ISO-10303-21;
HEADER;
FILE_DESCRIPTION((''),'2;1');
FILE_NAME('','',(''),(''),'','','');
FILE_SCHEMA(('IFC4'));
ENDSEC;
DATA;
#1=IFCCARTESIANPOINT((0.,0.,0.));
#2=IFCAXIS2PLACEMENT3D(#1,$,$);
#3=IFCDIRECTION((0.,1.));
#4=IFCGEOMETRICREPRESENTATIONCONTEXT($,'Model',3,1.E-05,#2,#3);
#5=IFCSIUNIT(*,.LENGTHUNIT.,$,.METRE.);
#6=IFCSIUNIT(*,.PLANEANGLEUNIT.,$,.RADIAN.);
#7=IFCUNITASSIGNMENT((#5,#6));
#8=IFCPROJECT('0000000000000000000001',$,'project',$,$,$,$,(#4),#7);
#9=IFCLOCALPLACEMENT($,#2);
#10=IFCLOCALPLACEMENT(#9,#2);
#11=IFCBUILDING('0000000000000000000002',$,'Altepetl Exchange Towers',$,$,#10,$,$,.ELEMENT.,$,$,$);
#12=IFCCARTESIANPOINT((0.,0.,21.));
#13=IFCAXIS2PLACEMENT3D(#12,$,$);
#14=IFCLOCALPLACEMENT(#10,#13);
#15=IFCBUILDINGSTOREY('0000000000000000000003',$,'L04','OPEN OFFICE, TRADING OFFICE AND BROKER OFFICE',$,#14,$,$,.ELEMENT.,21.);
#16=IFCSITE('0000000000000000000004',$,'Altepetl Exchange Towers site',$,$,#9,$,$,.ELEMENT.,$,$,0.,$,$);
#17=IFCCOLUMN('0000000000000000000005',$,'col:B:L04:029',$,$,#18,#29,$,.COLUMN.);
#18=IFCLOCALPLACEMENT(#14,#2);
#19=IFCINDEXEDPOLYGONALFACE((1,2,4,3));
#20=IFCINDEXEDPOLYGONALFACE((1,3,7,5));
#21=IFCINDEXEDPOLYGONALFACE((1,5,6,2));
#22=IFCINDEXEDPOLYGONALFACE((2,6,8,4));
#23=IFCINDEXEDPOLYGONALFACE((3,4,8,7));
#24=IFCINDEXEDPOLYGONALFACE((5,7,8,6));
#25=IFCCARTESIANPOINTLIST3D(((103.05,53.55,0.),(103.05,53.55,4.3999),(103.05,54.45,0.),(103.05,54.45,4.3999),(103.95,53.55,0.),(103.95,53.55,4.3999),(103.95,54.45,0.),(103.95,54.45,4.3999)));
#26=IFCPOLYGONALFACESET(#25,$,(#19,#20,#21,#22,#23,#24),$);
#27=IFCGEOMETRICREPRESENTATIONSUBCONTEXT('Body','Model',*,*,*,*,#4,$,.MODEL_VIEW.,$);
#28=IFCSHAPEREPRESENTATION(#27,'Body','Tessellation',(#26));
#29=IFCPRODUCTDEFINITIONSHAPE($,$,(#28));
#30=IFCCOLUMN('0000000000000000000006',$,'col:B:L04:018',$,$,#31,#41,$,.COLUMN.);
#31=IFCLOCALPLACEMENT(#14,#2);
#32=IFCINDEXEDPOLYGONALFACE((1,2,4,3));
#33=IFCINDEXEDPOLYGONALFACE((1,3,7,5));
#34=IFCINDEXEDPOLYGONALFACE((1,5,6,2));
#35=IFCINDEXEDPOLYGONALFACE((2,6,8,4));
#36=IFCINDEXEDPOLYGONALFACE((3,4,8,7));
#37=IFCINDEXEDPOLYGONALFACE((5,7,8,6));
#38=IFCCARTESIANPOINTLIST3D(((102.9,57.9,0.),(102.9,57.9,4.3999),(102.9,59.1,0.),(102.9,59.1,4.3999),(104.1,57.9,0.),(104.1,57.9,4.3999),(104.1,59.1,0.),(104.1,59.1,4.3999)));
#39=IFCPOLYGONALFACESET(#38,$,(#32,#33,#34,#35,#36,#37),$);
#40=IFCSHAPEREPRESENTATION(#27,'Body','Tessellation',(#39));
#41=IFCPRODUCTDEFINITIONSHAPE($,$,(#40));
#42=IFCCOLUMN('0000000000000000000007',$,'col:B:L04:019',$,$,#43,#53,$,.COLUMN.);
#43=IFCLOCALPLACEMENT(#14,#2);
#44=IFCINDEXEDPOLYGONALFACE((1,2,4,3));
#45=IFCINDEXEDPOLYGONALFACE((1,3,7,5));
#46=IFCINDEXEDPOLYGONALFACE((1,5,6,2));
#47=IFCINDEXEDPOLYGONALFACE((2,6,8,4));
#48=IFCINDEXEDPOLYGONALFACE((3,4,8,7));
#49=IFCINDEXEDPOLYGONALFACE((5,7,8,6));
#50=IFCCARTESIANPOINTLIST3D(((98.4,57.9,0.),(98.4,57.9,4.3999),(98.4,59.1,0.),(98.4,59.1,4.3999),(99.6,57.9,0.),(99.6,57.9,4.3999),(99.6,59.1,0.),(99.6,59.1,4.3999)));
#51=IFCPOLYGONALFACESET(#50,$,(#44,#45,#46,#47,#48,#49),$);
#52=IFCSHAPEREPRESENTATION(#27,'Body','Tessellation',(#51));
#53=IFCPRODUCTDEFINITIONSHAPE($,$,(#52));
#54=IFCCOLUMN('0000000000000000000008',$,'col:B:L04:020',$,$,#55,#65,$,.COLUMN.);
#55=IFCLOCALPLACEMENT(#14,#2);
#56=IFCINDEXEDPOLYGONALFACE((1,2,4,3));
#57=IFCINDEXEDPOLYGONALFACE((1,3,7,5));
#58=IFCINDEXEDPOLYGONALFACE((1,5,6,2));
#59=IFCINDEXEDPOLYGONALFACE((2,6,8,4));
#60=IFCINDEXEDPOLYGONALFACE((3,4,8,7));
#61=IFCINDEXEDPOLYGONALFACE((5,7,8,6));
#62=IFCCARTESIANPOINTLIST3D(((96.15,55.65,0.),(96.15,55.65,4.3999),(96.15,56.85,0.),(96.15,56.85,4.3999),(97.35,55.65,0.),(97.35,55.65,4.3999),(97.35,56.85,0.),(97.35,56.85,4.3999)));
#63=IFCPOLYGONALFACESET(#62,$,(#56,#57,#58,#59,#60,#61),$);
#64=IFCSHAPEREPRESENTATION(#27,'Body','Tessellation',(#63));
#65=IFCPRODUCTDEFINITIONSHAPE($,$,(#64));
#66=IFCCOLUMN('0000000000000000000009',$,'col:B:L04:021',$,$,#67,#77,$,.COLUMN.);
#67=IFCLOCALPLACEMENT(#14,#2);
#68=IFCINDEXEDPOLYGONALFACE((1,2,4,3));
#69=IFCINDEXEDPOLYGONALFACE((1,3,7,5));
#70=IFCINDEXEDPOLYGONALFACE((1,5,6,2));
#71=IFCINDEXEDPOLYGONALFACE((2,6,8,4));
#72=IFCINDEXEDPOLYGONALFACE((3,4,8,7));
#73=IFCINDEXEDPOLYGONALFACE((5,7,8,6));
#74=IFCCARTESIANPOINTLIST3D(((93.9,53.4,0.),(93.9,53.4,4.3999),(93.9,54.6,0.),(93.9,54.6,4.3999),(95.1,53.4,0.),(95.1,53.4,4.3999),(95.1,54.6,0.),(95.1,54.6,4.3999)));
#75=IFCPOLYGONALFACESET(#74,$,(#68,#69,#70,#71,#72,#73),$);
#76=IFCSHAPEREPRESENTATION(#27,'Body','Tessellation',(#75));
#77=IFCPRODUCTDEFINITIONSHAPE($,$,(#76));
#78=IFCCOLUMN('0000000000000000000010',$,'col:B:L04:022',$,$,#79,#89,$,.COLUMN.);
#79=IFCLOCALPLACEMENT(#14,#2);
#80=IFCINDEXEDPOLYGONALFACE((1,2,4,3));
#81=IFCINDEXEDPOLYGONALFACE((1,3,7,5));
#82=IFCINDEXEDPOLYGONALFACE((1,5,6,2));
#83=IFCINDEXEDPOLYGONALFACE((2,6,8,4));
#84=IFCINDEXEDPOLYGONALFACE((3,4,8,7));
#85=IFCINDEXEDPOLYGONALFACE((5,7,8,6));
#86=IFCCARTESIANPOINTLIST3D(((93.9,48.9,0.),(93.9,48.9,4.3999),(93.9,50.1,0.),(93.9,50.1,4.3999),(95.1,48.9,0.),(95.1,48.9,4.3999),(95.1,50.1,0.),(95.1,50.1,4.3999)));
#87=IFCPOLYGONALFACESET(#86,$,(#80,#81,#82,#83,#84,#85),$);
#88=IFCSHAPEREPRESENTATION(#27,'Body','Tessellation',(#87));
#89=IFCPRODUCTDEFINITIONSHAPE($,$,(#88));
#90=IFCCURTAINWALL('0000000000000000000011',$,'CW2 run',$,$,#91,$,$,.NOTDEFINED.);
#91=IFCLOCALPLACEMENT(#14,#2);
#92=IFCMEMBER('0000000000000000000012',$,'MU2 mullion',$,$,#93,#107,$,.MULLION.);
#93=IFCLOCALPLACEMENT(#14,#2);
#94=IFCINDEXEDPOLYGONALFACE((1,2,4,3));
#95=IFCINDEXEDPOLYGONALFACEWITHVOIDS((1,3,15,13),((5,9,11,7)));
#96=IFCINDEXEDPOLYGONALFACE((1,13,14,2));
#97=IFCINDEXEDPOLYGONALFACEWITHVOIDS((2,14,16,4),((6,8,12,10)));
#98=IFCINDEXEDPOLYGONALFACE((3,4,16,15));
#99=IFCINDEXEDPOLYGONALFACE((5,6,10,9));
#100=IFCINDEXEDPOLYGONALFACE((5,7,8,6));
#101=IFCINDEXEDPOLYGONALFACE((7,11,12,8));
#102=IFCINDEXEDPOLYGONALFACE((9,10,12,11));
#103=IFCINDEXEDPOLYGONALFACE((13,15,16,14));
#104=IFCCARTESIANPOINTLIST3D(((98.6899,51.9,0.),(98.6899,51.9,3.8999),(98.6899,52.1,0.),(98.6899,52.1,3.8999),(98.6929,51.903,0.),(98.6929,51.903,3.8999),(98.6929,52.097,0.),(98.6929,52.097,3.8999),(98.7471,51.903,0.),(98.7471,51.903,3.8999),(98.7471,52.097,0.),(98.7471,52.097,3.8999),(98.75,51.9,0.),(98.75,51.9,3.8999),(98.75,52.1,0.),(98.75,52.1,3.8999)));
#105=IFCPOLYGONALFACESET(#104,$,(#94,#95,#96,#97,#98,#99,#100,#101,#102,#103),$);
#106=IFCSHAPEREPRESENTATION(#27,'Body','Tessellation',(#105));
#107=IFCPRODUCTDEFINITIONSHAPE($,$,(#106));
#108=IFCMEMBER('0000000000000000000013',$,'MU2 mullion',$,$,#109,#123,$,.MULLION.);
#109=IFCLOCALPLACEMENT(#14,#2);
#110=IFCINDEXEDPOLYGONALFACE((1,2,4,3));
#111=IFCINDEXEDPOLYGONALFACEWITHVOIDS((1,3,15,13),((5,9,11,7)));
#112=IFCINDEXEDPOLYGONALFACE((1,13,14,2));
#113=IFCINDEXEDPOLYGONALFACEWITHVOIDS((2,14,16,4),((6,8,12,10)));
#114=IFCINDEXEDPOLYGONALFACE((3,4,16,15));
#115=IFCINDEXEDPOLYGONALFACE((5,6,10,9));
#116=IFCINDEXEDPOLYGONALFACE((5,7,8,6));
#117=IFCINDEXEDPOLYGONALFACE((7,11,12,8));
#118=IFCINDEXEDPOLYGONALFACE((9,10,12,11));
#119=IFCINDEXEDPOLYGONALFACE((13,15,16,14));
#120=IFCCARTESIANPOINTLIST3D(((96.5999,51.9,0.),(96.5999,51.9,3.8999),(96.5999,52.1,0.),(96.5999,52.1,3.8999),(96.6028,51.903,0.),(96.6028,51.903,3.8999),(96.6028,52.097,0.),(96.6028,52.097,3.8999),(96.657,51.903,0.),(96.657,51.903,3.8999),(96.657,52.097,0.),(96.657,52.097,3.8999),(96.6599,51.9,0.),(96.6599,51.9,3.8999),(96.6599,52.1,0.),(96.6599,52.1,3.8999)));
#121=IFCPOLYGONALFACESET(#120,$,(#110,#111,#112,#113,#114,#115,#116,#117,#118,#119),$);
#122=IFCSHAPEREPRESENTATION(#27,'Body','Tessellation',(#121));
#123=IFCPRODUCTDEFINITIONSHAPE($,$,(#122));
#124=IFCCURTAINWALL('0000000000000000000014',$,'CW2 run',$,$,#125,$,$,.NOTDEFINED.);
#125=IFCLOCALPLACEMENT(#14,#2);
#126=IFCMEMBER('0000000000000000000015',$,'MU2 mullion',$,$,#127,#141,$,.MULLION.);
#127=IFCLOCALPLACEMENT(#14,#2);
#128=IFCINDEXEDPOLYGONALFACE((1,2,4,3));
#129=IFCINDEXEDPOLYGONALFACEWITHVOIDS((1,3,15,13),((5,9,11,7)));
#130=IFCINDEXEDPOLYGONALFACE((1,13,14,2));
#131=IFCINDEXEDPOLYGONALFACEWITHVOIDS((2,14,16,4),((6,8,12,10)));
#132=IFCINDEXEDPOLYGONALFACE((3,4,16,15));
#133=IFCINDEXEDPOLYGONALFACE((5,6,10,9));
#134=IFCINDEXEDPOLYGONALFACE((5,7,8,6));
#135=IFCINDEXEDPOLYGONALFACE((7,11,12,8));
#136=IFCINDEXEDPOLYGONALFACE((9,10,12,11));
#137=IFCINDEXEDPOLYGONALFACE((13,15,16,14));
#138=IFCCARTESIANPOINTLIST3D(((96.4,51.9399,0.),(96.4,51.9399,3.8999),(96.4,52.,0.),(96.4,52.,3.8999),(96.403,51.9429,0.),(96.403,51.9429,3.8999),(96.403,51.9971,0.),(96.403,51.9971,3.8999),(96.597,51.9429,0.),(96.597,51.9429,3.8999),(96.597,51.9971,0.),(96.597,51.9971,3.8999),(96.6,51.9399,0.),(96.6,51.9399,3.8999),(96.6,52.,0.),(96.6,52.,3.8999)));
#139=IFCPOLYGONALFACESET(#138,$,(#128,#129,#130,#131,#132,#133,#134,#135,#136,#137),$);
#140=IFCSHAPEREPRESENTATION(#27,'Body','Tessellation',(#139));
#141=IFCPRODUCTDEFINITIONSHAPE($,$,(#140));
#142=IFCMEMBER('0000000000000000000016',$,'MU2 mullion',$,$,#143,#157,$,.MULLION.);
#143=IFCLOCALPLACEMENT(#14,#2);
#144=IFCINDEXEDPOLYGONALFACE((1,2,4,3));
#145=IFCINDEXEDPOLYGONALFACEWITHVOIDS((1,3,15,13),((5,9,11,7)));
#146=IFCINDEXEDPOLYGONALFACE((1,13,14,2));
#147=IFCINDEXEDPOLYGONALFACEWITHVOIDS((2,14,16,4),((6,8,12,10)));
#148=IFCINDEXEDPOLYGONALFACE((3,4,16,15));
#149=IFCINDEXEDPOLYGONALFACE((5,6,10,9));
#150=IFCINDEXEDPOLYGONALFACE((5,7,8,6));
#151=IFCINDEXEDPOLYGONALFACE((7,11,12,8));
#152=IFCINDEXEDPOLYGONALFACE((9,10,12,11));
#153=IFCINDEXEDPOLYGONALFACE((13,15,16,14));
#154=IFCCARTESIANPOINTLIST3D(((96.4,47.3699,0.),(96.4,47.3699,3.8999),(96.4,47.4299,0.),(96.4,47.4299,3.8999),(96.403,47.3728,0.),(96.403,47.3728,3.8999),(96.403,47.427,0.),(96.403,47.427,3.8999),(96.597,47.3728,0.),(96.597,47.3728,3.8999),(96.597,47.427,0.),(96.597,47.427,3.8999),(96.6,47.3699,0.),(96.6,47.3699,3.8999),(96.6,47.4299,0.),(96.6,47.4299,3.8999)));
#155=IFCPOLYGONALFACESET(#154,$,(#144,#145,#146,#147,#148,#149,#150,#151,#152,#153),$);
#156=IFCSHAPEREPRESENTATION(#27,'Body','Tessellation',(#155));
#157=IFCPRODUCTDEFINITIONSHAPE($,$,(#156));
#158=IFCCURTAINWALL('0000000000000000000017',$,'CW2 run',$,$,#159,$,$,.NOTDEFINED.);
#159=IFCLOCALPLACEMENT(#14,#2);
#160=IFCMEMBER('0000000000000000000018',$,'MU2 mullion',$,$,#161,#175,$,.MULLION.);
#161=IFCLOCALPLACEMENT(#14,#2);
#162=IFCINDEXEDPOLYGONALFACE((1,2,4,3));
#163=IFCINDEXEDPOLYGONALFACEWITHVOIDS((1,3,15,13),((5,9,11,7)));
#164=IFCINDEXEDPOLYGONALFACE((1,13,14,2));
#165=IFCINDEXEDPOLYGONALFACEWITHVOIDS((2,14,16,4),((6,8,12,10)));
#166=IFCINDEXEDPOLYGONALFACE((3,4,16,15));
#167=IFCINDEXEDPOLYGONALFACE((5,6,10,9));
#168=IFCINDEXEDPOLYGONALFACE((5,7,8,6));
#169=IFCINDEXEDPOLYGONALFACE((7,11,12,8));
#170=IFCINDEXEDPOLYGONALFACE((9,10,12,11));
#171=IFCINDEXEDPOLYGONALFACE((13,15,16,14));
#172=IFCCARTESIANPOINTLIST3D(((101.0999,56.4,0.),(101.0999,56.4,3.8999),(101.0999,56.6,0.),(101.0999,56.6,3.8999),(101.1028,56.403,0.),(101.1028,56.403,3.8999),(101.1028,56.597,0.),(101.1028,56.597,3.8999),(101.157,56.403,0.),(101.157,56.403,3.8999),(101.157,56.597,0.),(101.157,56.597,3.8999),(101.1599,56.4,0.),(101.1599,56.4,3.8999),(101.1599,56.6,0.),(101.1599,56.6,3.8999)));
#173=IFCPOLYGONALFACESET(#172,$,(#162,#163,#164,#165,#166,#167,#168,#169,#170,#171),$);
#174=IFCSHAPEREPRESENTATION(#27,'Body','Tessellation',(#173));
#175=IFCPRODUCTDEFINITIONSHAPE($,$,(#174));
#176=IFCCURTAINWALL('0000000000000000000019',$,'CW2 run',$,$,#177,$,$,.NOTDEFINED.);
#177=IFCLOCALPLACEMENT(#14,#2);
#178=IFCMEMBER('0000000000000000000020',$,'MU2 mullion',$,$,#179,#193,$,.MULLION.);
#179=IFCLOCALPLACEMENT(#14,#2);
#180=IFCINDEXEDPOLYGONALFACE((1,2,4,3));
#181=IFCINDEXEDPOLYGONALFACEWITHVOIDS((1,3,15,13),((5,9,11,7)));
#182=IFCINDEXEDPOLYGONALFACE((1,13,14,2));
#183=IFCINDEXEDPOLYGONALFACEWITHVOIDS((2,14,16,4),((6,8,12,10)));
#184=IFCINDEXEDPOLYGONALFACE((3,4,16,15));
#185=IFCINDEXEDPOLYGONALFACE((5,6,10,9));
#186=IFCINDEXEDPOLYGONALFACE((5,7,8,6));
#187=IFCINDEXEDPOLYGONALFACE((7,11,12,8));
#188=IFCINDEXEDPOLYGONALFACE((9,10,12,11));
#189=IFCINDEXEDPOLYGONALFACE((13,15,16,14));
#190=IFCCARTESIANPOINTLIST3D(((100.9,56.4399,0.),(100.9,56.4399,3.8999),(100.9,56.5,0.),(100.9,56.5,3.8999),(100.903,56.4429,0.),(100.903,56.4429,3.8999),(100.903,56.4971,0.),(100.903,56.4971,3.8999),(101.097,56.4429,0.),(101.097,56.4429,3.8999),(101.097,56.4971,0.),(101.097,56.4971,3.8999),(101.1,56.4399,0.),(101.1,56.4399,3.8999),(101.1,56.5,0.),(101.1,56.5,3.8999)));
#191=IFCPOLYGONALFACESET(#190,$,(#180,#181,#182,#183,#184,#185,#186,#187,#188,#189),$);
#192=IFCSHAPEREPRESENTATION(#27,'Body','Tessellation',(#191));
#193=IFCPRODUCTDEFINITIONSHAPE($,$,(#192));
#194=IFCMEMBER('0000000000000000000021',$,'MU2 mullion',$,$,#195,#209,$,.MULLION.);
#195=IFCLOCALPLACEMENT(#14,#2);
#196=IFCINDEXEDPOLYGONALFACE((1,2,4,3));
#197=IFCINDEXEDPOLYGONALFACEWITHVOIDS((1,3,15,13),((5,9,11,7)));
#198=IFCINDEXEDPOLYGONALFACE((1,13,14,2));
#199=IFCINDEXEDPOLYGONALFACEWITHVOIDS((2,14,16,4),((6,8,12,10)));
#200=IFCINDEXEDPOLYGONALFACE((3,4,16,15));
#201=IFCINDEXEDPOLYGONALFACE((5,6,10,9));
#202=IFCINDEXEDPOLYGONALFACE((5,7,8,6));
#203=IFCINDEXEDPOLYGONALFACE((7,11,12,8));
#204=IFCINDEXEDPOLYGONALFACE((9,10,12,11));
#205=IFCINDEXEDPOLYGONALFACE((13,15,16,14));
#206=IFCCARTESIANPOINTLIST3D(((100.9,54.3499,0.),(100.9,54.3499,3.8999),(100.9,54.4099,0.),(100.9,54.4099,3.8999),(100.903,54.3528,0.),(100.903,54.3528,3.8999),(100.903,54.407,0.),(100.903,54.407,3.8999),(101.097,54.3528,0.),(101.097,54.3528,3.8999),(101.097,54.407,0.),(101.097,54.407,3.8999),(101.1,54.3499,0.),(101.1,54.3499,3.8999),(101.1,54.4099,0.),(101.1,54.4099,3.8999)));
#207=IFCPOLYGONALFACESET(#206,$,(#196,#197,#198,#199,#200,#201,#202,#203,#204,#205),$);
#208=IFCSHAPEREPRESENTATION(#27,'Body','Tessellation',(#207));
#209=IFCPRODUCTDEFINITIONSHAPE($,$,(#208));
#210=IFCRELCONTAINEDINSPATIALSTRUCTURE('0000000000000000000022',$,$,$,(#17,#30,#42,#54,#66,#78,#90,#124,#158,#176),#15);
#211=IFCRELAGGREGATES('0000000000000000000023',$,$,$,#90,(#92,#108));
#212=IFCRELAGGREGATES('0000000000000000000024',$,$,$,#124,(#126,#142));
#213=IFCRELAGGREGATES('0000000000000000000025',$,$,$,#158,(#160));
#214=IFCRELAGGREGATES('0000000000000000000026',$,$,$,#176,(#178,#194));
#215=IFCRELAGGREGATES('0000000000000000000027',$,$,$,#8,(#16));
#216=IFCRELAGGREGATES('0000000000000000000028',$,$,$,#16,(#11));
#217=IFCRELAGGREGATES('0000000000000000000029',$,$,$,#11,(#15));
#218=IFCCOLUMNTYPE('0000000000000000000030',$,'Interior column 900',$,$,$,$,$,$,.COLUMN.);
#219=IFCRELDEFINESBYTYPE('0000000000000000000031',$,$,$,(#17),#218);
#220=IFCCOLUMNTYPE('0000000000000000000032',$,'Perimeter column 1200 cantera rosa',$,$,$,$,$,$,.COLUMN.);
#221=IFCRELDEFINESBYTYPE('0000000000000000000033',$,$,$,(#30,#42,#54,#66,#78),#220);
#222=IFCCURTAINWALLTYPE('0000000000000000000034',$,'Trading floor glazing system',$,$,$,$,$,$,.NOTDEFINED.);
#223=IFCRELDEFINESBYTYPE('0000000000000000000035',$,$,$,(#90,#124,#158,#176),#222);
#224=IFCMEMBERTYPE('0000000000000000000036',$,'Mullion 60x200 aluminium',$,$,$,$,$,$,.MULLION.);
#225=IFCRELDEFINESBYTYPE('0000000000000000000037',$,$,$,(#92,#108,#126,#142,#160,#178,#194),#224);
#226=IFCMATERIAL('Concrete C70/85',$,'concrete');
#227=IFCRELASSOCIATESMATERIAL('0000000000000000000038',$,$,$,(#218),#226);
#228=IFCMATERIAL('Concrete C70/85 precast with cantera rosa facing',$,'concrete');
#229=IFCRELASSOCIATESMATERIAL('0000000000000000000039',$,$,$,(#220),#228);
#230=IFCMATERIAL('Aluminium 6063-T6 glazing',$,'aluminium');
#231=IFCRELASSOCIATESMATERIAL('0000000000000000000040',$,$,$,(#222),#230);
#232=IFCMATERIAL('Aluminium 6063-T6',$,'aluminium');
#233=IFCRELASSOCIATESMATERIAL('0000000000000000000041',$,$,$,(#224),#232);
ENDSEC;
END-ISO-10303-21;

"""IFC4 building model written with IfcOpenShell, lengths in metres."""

from ifc_helpers import new_model, si_unit, direction, frame, origin, origin_2d, place, context, subcontext, project, spatial, rectangle, hollow_rectangle, extrude, material, material_profile, profile_set, type_object, element, aggregate, save


model = new_model("IFC4")

# Units and contexts
model_context = context("Model", 3, precision=1e-05, world=origin(), true_north=direction((0.0, 1.0)))
body_context = subcontext(model_context, "Body", "Model", "MODEL_VIEW")
ifc_project = project(units=[si_unit("LENGTHUNIT", "METRE"), si_unit("PLANEANGLEUNIT", "RADIAN")], contexts=[model_context])

# Site, building, storey
site_placement = place(None, origin())
site = spatial("IfcSite", under=ifc_project, at=site_placement, Name="Altepetl Exchange Towers site", CompositionType="ELEMENT", RefElevation=0.0)
building_placement = place(site_placement, origin())
building = spatial("IfcBuilding", under=site, at=building_placement, Name="Altepetl Exchange Towers", CompositionType="ELEMENT")
storey_placement = place(building_placement, frame((0.0, 0.0, 21.0)))
storey = spatial("IfcBuildingStorey", under=building, at=storey_placement, Name="L04", Description="OPEN OFFICE, TRADING OFFICE AND BROKER OFFICE", CompositionType="ELEMENT", Elevation=21.0)

# Columns
ifc_material_1 = material(Name="Concrete C70/85", Category="concrete")
ifc_material_profile_1 = material_profile(ifc_material_1, rectangle(XDim=0.8999, YDim=0.8999, at=origin_2d()), Name="900 x 900")
ifc_profile_set_1 = profile_set([ifc_material_profile_1], Name="Concrete C70/85")
column_type_1 = type_object("IfcColumnType", Name="Interior column 900", PredefinedType="COLUMN", material=ifc_profile_set_1)
column_placement = place(storey_placement, frame((103.5, 54.0, 0.0)))
element("IfcColumn", 1, at=column_placement, inside=storey, type_object=column_type_1, Name="col:B:L04:029", PredefinedType="COLUMN", context=body_context, shape_type="SweptSolid", body=[
    extrude(rectangle(XDim=0.8999, YDim=0.8999, at=origin_2d()), origin(), (0.0, 0.0, 1.0), 4.3999),
])
ifc_material_2 = material(Name="Concrete C70/85 precast with cantera rosa facing", Category="concrete")
ifc_material_profile_2 = material_profile(ifc_material_2, rectangle(XDim=1.2, YDim=1.2, at=origin_2d()), Name="1200 x 1200")
ifc_profile_set_2 = profile_set([ifc_material_profile_2], Name="Concrete C70/85 precast with cantera rosa facing")
column_type_2 = type_object("IfcColumnType", Name="Perimeter column 1200 cantera rosa", PredefinedType="COLUMN", material=ifc_profile_set_2)
for number, where, name in (
    (2, (103.5, 58.5, 0.0), "col:B:L04:018"),
    (3, (99.0, 58.5, 0.0), "col:B:L04:019"),
    (4, (96.75, 56.25, 0.0), "col:B:L04:020"),
    (5, (94.5, 54.0, 0.0), "col:B:L04:021"),
    (6, (94.5, 49.5, 0.0), "col:B:L04:022"),
):
    element("IfcColumn", number, at=place(storey_placement, frame(where)), inside=storey, type_object=column_type_2, Name=name, PredefinedType="COLUMN", context=body_context, shape_type="SweptSolid", body=[
        extrude(rectangle(XDim=1.2, YDim=1.2, at=origin_2d()), origin(), (0.0, 0.0, 1.0), 4.3999),
    ])

# Curtain walls, members
ifc_material_3 = material(Name="Aluminium 6063-T6 glazing", Category="aluminium")
curtain_wall_type = type_object("IfcCurtainWallType", Name="Trading floor glazing system", PredefinedType="NOTDEFINED", material=ifc_material_3)
curtain_wall_1_placement = place(storey_placement, origin())
curtain_wall_1 = element("IfcCurtainWall", 7, at=curtain_wall_1_placement, inside=storey, type_object=curtain_wall_type, Name="CW2 run", PredefinedType="NOTDEFINED")
ifc_material_4 = material(Name="Aluminium 6063-T6", Category="aluminium")
ifc_material_profile_3 = material_profile(ifc_material_4, hollow_rectangle(XDim=0.0601, YDim=0.2, WallThickness=0.0029, at=origin_2d()), Name="Mullion 60x200 aluminium")
ifc_profile_set_3 = profile_set([ifc_material_profile_3], Name="Aluminium 6063-T6")
member_type = type_object("IfcMemberType", Name="Mullion 60x200 aluminium", PredefinedType="MULLION", material=ifc_profile_set_3)
member_1_placement = place(storey_placement, frame((98.72, 52.0, 0.0), z_axis=(0.0, 0.0, 1.0), x_axis=(-1.0, 0.0, 0.0)))
member_1 = element("IfcMember", 8, at=member_1_placement, type_object=member_type, Name="MU2 mullion", PredefinedType="MULLION", context=body_context, shape_type="SweptSolid", body=[
    extrude(hollow_rectangle(XDim=0.0601, YDim=0.2, WallThickness=0.0029, at=origin_2d()), origin(), (0.0, 0.0, 1.0), 3.8999),
])
member_2_placement = place(storey_placement, frame((96.6299, 52.0, 0.0), z_axis=(0.0, 0.0, 1.0), x_axis=(-1.0, 0.0, 0.0)))
member_2 = element("IfcMember", 9, at=member_2_placement, type_object=member_type, Name="MU2 mullion", PredefinedType="MULLION", context=body_context, shape_type="SweptSolid", body=[
    extrude(hollow_rectangle(XDim=0.0601, YDim=0.2, WallThickness=0.0029, at=origin_2d()), origin(), (0.0, 0.0, 1.0), 3.8999),
])
curtain_wall_2_placement = place(storey_placement, origin())
curtain_wall_2 = element("IfcCurtainWall", 10, at=curtain_wall_2_placement, inside=storey, type_object=curtain_wall_type, Name="CW2 run", PredefinedType="NOTDEFINED")
member_3_placement = place(storey_placement, frame((96.5, 51.97, 0.0), z_axis=(0.0, 0.0, 1.0), x_axis=(0.0, -1.0, 0.0)))
member_3 = element("IfcMember", 11, at=member_3_placement, type_object=member_type, Name="MU2 mullion", PredefinedType="MULLION", context=body_context, shape_type="SweptSolid", body=[
    extrude(hollow_rectangle(XDim=0.0601, YDim=0.2, WallThickness=0.0029, at=origin_2d()), origin(), (0.0, 0.0, 1.0), 3.8999),
])
member_4_placement = place(storey_placement, frame((96.5, 47.3999, 0.0), z_axis=(0.0, 0.0, 1.0), x_axis=(0.0, -1.0, 0.0)))
member_4 = element("IfcMember", 12, at=member_4_placement, type_object=member_type, Name="MU2 mullion", PredefinedType="MULLION", context=body_context, shape_type="SweptSolid", body=[
    extrude(hollow_rectangle(XDim=0.0601, YDim=0.2, WallThickness=0.0029, at=origin_2d()), origin(), (0.0, 0.0, 1.0), 3.8999),
])

# Curtain wall, member
curtain_wall_3_placement = place(storey_placement, origin())
curtain_wall_3 = element("IfcCurtainWall", 13, at=curtain_wall_3_placement, inside=storey, type_object=curtain_wall_type, Name="CW2 run", PredefinedType="NOTDEFINED")
member_5_placement = place(storey_placement, frame((101.1299, 56.5, 0.0), z_axis=(0.0, 0.0, 1.0), x_axis=(-1.0, 0.0, 0.0)))
member_5 = element("IfcMember", 14, at=member_5_placement, type_object=member_type, Name="MU2 mullion", PredefinedType="MULLION", context=body_context, shape_type="SweptSolid", body=[
    extrude(hollow_rectangle(XDim=0.0601, YDim=0.2, WallThickness=0.0029, at=origin_2d()), origin(), (0.0, 0.0, 1.0), 3.8999),
])

# Curtain wall, members
curtain_wall_4_placement = place(storey_placement, origin())
curtain_wall_4 = element("IfcCurtainWall", 15, at=curtain_wall_4_placement, inside=storey, type_object=curtain_wall_type, Name="CW2 run", PredefinedType="NOTDEFINED")
member_6_placement = place(storey_placement, frame((101.0, 56.47, 0.0), z_axis=(0.0, 0.0, 1.0), x_axis=(0.0, -1.0, 0.0)))
member_6 = element("IfcMember", 16, at=member_6_placement, type_object=member_type, Name="MU2 mullion", PredefinedType="MULLION", context=body_context, shape_type="SweptSolid", body=[
    extrude(hollow_rectangle(XDim=0.0601, YDim=0.2, WallThickness=0.0029, at=origin_2d()), origin(), (0.0, 0.0, 1.0), 3.8999),
])
member_7_placement = place(storey_placement, frame((101.0, 54.3799, 0.0), z_axis=(0.0, 0.0, 1.0), x_axis=(0.0, -1.0, 0.0)))
member_7 = element("IfcMember", 17, at=member_7_placement, type_object=member_type, Name="MU2 mullion", PredefinedType="MULLION", context=body_context, shape_type="SweptSolid", body=[
    extrude(hollow_rectangle(XDim=0.0601, YDim=0.2, WallThickness=0.0029, at=origin_2d()), origin(), (0.0, 0.0, 1.0), 3.8999),
])

aggregate(curtain_wall_1, [member_1, member_2])
aggregate(curtain_wall_2, [member_3, member_4])
aggregate(curtain_wall_3, [member_5])
aggregate(curtain_wall_4, [member_6, member_7])

save(model, "model.ifc")
